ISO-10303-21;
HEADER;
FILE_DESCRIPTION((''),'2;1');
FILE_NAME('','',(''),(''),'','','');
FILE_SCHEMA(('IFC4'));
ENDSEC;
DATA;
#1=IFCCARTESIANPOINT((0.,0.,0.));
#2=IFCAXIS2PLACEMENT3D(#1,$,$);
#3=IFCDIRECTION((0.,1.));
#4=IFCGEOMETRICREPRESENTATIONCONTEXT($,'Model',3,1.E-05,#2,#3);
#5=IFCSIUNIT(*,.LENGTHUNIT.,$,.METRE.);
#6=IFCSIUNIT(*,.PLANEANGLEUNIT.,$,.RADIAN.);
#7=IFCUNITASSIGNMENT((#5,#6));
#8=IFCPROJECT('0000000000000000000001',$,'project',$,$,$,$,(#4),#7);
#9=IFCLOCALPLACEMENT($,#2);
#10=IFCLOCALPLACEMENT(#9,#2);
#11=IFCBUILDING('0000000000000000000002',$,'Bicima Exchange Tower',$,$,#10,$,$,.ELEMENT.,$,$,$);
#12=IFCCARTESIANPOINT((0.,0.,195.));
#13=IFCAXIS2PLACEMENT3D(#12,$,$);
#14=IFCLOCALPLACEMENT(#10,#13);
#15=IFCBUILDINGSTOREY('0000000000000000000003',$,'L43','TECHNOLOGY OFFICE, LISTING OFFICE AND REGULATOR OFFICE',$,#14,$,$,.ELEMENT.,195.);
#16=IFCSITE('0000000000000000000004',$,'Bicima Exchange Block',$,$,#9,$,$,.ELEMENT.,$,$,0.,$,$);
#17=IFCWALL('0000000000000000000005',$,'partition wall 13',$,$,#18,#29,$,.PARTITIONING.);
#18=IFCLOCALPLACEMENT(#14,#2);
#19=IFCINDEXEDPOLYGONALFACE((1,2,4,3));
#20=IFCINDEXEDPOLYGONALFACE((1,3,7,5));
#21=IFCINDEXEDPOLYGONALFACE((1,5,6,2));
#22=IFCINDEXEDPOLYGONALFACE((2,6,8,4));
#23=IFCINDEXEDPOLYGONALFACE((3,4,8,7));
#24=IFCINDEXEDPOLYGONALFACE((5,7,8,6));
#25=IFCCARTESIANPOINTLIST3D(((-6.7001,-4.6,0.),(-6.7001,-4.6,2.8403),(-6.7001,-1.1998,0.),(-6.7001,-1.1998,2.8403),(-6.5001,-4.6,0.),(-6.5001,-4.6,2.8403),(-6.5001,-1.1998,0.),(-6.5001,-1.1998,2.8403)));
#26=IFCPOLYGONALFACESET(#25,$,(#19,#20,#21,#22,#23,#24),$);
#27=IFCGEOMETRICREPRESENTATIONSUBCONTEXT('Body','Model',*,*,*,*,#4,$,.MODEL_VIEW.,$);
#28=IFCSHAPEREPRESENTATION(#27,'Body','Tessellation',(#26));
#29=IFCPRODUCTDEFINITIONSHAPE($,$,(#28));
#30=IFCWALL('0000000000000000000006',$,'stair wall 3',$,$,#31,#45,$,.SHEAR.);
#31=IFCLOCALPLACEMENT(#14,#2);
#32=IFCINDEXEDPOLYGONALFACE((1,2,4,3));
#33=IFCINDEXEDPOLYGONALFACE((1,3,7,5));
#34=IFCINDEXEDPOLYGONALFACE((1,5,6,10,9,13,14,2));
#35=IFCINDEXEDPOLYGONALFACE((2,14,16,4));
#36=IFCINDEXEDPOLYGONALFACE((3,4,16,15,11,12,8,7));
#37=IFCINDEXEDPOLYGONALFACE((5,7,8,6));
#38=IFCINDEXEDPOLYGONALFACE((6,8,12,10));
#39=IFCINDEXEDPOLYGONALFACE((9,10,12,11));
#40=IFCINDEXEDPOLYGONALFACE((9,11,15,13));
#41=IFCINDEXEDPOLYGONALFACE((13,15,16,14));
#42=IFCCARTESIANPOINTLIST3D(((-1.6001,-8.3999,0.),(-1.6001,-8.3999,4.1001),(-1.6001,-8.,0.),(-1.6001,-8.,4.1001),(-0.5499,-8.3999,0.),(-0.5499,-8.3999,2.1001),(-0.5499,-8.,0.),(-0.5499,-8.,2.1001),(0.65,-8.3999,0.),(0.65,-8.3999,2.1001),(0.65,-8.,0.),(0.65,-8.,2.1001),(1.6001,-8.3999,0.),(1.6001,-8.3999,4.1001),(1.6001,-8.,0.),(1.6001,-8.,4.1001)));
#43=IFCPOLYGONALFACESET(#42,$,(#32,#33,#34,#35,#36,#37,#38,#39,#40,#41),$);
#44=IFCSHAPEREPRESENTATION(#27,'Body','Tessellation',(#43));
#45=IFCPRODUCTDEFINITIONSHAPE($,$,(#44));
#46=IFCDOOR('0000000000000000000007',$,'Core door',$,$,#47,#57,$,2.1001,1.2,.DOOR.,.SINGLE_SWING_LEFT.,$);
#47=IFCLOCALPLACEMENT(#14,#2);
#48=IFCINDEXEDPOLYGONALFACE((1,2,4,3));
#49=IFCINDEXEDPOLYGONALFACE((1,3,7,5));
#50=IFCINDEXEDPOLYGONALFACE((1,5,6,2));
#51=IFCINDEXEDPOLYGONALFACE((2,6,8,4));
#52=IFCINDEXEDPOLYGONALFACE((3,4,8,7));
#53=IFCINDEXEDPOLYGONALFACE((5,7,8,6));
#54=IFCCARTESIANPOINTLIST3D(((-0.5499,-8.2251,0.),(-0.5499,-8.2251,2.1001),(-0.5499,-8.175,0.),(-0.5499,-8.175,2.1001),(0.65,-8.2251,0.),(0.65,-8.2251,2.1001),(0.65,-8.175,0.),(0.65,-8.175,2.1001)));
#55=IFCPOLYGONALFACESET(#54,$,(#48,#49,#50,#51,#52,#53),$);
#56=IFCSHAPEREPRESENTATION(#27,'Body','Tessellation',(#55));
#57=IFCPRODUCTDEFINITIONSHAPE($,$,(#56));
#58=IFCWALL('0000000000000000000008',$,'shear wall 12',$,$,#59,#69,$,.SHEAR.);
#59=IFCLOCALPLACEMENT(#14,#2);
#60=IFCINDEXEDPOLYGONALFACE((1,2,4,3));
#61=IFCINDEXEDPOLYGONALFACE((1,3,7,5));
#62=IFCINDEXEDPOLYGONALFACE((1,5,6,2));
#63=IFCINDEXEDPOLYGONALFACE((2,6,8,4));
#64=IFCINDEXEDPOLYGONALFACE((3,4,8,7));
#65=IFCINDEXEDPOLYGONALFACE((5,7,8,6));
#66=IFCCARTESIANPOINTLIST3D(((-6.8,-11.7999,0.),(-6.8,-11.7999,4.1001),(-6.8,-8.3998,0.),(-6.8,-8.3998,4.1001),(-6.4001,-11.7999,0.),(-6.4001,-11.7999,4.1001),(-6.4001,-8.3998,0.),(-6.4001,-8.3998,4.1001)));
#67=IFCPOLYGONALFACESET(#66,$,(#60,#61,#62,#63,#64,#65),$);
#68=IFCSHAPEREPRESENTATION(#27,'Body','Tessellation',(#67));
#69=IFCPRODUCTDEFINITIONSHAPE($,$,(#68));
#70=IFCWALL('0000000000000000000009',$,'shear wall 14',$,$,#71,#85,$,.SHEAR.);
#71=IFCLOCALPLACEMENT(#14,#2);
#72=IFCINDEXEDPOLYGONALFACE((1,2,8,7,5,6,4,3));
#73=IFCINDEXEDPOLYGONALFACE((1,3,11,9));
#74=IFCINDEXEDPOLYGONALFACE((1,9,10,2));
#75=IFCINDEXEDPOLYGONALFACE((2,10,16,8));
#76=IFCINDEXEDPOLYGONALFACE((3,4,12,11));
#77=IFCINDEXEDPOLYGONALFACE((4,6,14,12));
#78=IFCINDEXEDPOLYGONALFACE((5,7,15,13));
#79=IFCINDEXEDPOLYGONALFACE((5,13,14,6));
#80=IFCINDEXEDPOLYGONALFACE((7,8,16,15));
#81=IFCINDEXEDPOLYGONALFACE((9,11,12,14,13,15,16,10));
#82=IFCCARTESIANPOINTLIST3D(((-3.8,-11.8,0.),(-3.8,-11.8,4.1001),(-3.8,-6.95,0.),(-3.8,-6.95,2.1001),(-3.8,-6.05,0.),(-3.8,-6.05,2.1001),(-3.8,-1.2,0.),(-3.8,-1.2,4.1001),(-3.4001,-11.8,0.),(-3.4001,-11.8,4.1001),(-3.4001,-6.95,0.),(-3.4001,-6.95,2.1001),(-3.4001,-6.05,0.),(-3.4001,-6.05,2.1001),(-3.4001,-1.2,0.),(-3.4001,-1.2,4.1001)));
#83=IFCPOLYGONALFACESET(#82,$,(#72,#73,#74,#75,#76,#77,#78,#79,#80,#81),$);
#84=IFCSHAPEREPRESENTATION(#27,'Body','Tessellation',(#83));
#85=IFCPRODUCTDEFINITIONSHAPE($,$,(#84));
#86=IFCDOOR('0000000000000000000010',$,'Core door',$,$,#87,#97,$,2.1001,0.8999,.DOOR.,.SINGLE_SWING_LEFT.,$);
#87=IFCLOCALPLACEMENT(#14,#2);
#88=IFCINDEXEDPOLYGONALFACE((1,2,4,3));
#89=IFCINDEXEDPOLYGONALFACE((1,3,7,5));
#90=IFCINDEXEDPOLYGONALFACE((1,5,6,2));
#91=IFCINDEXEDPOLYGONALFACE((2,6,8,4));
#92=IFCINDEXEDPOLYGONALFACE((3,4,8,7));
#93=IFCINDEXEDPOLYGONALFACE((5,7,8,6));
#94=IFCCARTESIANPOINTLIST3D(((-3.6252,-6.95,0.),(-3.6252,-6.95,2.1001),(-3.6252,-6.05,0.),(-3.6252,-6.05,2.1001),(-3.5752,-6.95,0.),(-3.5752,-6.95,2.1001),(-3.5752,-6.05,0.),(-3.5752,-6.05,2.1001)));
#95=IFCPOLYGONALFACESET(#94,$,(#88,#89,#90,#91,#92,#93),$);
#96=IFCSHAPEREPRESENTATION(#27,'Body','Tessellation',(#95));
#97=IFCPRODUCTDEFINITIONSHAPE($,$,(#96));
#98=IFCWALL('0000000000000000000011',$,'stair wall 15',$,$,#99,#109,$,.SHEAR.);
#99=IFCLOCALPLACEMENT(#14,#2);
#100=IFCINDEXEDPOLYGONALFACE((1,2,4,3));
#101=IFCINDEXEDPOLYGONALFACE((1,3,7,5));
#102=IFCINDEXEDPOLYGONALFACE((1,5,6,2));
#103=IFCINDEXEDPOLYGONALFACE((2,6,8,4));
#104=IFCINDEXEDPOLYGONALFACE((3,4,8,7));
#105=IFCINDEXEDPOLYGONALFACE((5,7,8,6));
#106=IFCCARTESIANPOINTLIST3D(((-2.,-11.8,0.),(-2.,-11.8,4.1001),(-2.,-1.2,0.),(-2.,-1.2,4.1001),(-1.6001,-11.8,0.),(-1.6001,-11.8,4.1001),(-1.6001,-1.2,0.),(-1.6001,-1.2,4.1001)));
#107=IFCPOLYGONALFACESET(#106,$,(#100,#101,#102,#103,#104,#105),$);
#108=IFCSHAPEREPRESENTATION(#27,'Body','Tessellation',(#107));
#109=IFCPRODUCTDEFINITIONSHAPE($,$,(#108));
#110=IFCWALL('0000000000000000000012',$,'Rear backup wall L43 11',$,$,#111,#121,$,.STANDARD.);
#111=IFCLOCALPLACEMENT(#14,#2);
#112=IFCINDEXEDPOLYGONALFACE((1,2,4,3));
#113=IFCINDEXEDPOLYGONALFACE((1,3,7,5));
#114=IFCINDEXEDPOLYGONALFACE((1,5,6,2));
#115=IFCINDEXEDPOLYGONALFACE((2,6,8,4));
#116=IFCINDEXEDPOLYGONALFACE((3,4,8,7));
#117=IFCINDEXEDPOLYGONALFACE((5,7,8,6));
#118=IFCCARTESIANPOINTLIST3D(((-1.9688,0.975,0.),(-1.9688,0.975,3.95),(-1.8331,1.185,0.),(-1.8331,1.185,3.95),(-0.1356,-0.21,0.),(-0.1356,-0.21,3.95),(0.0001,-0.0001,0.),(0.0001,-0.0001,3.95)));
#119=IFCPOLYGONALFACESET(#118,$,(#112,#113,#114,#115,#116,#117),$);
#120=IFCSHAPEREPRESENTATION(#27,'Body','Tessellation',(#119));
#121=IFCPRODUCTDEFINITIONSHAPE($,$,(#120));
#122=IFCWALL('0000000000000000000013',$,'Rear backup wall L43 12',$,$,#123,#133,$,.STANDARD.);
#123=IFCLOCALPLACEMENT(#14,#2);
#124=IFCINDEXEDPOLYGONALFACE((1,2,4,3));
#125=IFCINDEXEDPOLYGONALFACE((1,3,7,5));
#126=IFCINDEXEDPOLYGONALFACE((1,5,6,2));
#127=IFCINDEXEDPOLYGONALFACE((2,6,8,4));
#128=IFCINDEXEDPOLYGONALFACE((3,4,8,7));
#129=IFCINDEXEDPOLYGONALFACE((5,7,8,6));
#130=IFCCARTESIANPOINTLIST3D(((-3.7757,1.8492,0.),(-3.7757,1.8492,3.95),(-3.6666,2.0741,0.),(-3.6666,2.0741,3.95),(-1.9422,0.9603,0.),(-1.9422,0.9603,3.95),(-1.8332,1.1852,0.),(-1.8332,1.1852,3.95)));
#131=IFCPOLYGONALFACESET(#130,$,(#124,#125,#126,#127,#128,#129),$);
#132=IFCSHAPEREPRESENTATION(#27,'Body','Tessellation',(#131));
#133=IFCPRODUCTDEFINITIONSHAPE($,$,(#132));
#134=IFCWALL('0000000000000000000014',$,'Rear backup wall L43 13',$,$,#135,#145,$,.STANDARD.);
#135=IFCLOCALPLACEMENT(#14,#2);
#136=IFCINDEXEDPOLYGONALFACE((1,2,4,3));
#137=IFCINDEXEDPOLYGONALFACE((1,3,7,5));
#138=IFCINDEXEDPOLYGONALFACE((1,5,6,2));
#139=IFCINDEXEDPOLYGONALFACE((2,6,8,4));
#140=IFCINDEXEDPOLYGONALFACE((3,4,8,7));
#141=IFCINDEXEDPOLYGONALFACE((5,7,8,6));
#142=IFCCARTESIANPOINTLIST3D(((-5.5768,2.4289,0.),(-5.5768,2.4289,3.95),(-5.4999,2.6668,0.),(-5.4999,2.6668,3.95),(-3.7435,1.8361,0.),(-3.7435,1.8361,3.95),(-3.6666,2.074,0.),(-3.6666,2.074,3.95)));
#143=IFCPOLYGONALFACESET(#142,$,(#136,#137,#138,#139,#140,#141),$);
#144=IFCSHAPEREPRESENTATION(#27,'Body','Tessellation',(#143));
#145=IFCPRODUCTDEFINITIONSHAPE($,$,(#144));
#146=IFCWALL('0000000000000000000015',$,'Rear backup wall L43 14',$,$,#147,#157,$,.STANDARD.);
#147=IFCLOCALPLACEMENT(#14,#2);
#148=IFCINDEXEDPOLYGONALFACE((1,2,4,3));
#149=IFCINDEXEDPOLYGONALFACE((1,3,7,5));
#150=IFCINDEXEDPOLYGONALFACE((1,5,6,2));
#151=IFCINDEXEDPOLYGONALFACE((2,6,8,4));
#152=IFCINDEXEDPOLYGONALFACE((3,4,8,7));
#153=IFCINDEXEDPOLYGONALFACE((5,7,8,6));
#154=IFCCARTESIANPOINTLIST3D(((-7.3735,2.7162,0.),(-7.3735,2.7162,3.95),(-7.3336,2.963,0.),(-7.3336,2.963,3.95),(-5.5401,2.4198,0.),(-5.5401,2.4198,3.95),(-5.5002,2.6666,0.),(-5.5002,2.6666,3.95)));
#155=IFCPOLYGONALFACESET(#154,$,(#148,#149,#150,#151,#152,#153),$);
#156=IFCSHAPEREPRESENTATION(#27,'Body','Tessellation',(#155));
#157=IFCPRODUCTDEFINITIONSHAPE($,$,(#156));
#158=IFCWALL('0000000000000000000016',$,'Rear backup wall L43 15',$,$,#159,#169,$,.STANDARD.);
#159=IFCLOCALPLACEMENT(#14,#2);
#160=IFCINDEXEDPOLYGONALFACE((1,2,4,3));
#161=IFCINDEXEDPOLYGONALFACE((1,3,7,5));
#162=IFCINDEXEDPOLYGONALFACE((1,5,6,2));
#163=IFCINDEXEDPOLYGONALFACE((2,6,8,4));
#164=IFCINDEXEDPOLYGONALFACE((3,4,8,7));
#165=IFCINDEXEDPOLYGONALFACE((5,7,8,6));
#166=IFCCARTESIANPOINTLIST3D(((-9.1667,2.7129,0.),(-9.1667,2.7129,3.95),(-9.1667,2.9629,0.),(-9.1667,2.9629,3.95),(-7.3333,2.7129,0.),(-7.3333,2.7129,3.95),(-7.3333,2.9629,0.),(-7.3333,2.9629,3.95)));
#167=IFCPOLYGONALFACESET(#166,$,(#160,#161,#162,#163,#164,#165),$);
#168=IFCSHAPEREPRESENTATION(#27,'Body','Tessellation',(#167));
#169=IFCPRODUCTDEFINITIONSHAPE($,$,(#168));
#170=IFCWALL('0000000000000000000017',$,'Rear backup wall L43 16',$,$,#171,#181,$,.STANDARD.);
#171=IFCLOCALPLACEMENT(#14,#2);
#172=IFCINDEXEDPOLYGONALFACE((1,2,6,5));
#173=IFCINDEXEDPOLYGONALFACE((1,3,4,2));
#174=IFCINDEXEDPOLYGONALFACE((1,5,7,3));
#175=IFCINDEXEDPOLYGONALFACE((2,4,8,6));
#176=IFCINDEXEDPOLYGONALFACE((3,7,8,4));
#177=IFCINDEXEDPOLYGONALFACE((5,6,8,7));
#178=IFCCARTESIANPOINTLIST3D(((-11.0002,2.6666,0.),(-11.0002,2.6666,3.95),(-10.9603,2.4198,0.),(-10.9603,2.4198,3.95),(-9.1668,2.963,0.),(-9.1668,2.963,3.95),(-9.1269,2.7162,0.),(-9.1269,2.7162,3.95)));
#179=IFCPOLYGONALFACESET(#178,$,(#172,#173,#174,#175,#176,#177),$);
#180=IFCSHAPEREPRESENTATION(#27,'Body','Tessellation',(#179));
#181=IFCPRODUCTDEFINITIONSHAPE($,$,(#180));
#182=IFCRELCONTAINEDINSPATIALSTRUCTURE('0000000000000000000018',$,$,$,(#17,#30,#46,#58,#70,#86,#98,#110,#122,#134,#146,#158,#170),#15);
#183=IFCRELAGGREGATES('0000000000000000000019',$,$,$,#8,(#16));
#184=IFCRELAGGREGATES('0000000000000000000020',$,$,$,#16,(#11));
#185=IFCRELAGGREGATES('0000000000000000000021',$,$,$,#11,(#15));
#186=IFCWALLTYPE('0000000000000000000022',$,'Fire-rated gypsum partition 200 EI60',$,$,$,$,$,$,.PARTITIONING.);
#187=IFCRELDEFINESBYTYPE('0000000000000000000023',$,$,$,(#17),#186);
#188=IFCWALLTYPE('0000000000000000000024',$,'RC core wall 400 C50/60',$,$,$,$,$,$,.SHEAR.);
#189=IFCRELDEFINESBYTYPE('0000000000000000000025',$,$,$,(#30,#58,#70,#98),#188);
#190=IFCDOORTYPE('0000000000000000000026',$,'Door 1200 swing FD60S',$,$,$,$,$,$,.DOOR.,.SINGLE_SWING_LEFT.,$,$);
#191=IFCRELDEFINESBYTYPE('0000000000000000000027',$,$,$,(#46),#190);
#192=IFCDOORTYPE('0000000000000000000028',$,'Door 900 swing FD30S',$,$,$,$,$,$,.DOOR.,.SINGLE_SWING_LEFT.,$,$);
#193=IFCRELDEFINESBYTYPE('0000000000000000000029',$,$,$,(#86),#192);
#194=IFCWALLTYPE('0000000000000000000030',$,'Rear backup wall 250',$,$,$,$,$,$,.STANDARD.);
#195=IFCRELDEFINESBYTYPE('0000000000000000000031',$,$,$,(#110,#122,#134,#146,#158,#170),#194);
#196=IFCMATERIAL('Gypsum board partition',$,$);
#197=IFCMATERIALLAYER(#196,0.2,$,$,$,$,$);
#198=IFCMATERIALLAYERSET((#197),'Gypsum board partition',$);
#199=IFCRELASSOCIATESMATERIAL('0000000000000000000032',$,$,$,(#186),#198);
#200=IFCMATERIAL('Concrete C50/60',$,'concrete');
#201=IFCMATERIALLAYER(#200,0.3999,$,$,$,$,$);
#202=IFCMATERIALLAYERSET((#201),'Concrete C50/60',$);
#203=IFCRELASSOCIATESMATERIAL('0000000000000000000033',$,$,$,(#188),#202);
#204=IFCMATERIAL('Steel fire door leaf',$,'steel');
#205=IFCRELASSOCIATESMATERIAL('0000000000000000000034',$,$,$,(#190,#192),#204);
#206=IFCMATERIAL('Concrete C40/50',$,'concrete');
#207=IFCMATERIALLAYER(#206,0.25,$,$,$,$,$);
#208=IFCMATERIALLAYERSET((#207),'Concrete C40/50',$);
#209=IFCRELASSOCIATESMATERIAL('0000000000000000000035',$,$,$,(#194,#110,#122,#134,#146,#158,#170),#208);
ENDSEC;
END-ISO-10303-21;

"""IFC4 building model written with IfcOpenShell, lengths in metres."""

from ifc_helpers import new_model, si_unit, direction, frame, frame_2d, origin, place, context, subcontext, project, spatial, rectangle, extrude, material, layer, layer_set, layer_usage, type_object, element, fill, save


model = new_model("IFC4")

# Units and contexts
model_context = context("Model", 3, precision=1e-05, world=origin(), true_north=direction((0.0, 1.0)))
body_context = subcontext(model_context, "Body", "Model", "MODEL_VIEW")
ifc_project = project(units=[si_unit("LENGTHUNIT", "METRE"), si_unit("PLANEANGLEUNIT", "RADIAN")], contexts=[model_context])

# Site, building, storey
site_placement = place(None, origin())
site = spatial("IfcSite", under=ifc_project, at=site_placement, Name="Bicima Exchange Block", CompositionType="ELEMENT", RefElevation=0.0)
building_placement = place(site_placement, origin())
building = spatial("IfcBuilding", under=site, at=building_placement, Name="Bicima Exchange Tower", CompositionType="ELEMENT")
storey_placement = place(building_placement, frame((0.0, 0.0, 195.0)))
storey = spatial("IfcBuildingStorey", under=building, at=storey_placement, Name="L43", Description="TECHNOLOGY OFFICE, LISTING OFFICE AND REGULATOR OFFICE", CompositionType="ELEMENT", Elevation=195.0)

# Shared definitions
ifc_material_1 = material(Name="Concrete C40/50", Category="concrete")

# Wall
ifc_material_2 = material(Name="Gypsum board partition")
ifc_layer_1 = layer(ifc_material_2, 0.2)
ifc_layer_set_1 = layer_set([ifc_layer_1], Name="Gypsum board partition")
wall_type_1 = type_object("IfcWallType", Name="Fire-rated gypsum partition 200 EI60", PredefinedType="PARTITIONING", material=ifc_layer_set_1)
wall_1_placement = place(storey_placement, frame((-6.6001, -4.6001, 0.0), z_axis=(0.0, 0.0, 1.0), x_axis=(0.0, 1.0, 0.0)))
element("IfcWall", 1, at=wall_1_placement, inside=storey, type_object=wall_type_1, Name="partition wall 13", PredefinedType="PARTITIONING", context=body_context, shape_type="SweptSolid", body=[
    extrude(rectangle(XDim=3.4001, YDim=0.2, at=frame_2d((1.7002, 0.0))), origin(), (0.0, 0.0, 1.0), 2.8403),
])

# Wall, opening, door
ifc_material_3 = material(Name="Concrete C50/60", Category="concrete")
ifc_layer_2 = layer(ifc_material_3, 0.3999)
ifc_layer_set_2 = layer_set([ifc_layer_2], Name="Concrete C50/60")
wall_type_2 = type_object("IfcWallType", Name="RC core wall 400 C50/60", PredefinedType="SHEAR", material=ifc_layer_set_2)
wall_2_placement = place(storey_placement, frame((-1.6001, -8.2, 0.0), z_axis=(0.0, 0.0, 1.0), x_axis=(1.0, 0.0, 0.0)))
wall_2 = element("IfcWall", 2, at=wall_2_placement, inside=storey, type_object=wall_type_2, Name="stair wall 3", PredefinedType="SHEAR", context=body_context, shape_type="SweptSolid", body=[
    extrude(rectangle(XDim=3.2002, YDim=0.3999, at=frame_2d((1.6001, 0.0))), origin(), (0.0, 0.0, 1.0), 4.1001),
])
opening_1_placement = place(wall_2_placement, frame((1.05, 0.0, 0.0)))
opening_1 = element("IfcOpeningElement", 3, at=opening_1_placement, cuts=wall_2, PredefinedType="OPENING", context=body_context, shape_type="SweptSolid", body=[
    extrude(rectangle(XDim=1.2, YDim=2.1001, at=frame_2d((0.6001, 1.05))), frame((0.0, 0.2119, 0.0), z_axis=(0.0, -1.0, 0.0), x_axis=(1.0, 0.0, 0.0)), (0.0, 0.0, 1.0), 0.4238),
])
ifc_material_4 = material(Name="Steel fire door leaf", Category="steel")
door_type_1 = type_object("IfcDoorType", Name="Door 1200 swing FD60S", OperationType="SINGLE_SWING_LEFT", PredefinedType="DOOR", material=ifc_material_4)
door_1_placement = place(opening_1_placement, origin())
door_1 = element("IfcDoor", 4, at=door_1_placement, inside=storey, type_object=door_type_1, Name="Core door", OperationType="SINGLE_SWING_LEFT", OverallHeight=2.1001, OverallWidth=1.2, PredefinedType="DOOR", context=body_context, shape_type="SweptSolid", body=[
    extrude(rectangle(XDim=1.2, YDim=2.1001, at=frame_2d((0.6001, 1.05))), frame((0.0, 0.0249, 0.0), z_axis=(0.0, -1.0, 0.0), x_axis=(1.0, 0.0, 0.0)), (0.0, 0.0, 1.0), 0.05),
])
fill(opening_1, door_1)

# Wall
wall_3_placement = place(storey_placement, frame((-6.6001, -11.8, 0.0), z_axis=(0.0, 0.0, 1.0), x_axis=(0.0, 1.0, 0.0)))
element("IfcWall", 5, at=wall_3_placement, inside=storey, type_object=wall_type_2, Name="shear wall 12", PredefinedType="SHEAR", context=body_context, shape_type="SweptSolid", body=[
    extrude(rectangle(XDim=3.4001, YDim=0.3999, at=frame_2d((1.7002, 0.0))), origin(), (0.0, 0.0, 1.0), 4.1001),
])

# Wall, opening, door
wall_4_placement = place(storey_placement, frame((-3.6001, -11.8, 0.0), z_axis=(0.0, 0.0, 1.0), x_axis=(0.0, 1.0, 0.0)))
wall_4 = element("IfcWall", 6, at=wall_4_placement, inside=storey, type_object=wall_type_2, Name="shear wall 14", PredefinedType="SHEAR", context=body_context, shape_type="SweptSolid", body=[
    extrude(rectangle(XDim=10.6001, YDim=0.3999, at=frame_2d((5.3, 0.0))), origin(), (0.0, 0.0, 1.0), 4.1001),
])
opening_2_placement = place(wall_4_placement, frame((4.8501, 0.0, 0.0)))
opening_2 = element("IfcOpeningElement", 7, at=opening_2_placement, cuts=wall_4, PredefinedType="OPENING", context=body_context, shape_type="SweptSolid", body=[
    extrude(rectangle(XDim=0.8999, YDim=2.1001, at=frame_2d((0.45, 1.05))), frame((0.0, 0.2119, 0.0), z_axis=(0.0, -1.0, 0.0), x_axis=(1.0, 0.0, 0.0)), (0.0, 0.0, 1.0), 0.4238),
])
door_type_2 = type_object("IfcDoorType", Name="Door 900 swing FD30S", OperationType="SINGLE_SWING_LEFT", PredefinedType="DOOR", material=ifc_material_4)
door_2_placement = place(opening_2_placement, frame((0.8999, 0.0, 0.0), z_axis=(0.0, 0.0, 1.0), x_axis=(-1.0, 0.0, 0.0)))
door_2 = element("IfcDoor", 8, at=door_2_placement, inside=storey, type_object=door_type_2, Name="Core door", OperationType="SINGLE_SWING_LEFT", OverallHeight=2.1001, OverallWidth=0.8999, PredefinedType="DOOR", context=body_context, shape_type="SweptSolid", body=[
    extrude(rectangle(XDim=0.8999, YDim=2.1001, at=frame_2d((0.45, 1.05))), frame((0.0, 0.0249, 0.0), z_axis=(0.0, -1.0, 0.0), x_axis=(1.0, 0.0, 0.0)), (0.0, 0.0, 1.0), 0.05),
])
fill(opening_2, door_2)

# Walls
wall_5_placement = place(storey_placement, frame((-1.8, -11.8, 0.0), z_axis=(0.0, 0.0, 1.0), x_axis=(0.0, 1.0, 0.0)))
element("IfcWall", 9, at=wall_5_placement, inside=storey, type_object=wall_type_2, Name="stair wall 15", PredefinedType="SHEAR", context=body_context, shape_type="SweptSolid", body=[
    extrude(rectangle(XDim=10.6001, YDim=0.3999, at=frame_2d((5.3, 0.0))), origin(), (0.0, 0.0, 1.0), 4.1001),
])
ifc_layer_3 = layer(ifc_material_1, 0.25)
ifc_layer_set_3 = layer_set([ifc_layer_3], Name="Concrete C40/50")
ifc_layer_usage = layer_usage(ifc_layer_set_3, "AXIS2", "POSITIVE", -0.125)
wall_type_3 = type_object("IfcWallType", Name="Rear backup wall 250", PredefinedType="STANDARD", material=ifc_layer_set_3)
wall_6_placement = place(storey_placement, frame((-0.0679, -0.105, 0.0), z_axis=(0.0, 0.0, 1.0), x_axis=(-0.839813, 0.542876, 0.0)))
element("IfcWall", 10, at=wall_6_placement, inside=storey, type_object=wall_type_3, material=ifc_layer_usage, Name="Rear backup wall L43 11", PredefinedType="STANDARD", context=body_context, shape_type="SweptSolid", body=[
    extrude(rectangle(XDim=2.1829, YDim=0.25, at=frame_2d((1.0913, 0.0))), origin(), (0.0, 0.0, 1.0), 3.95),
])
wall_7_placement = place(storey_placement, frame((-1.8877, 1.0728, 0.0), z_axis=(0.0, 0.0, 1.0), x_axis=(-0.899824, 0.436253, 0.0)))
element("IfcWall", 11, at=wall_7_placement, inside=storey, type_object=wall_type_3, material=ifc_layer_usage, Name="Rear backup wall L43 12", PredefinedType="STANDARD", context=body_context, shape_type="SweptSolid", body=[
    extrude(rectangle(XDim=2.0376, YDim=0.25, at=frame_2d((1.0188, 0.0))), origin(), (0.0, 0.0, 1.0), 3.95),
])
wall_8_placement = place(storey_placement, frame((-3.7051, 1.9551, 0.0), z_axis=(0.0, 0.0, 1.0), x_axis=(-0.951496, 0.307662, 0.0)))
element("IfcWall", 12, at=wall_8_placement, inside=storey, type_object=wall_type_3, material=ifc_layer_usage, Name="Rear backup wall L43 13", PredefinedType="STANDARD", context=body_context, shape_type="SweptSolid", body=[
    extrude(rectangle(XDim=1.9268, YDim=0.25, at=frame_2d((0.9634, 0.0))), origin(), (0.0, 0.0, 1.0), 3.95),
])
wall_9_placement = place(storey_placement, frame((-5.52, 2.5432, 0.0), z_axis=(0.0, 0.0, 1.0), x_axis=(-0.987182, 0.1596, 0.0)))
element("IfcWall", 13, at=wall_9_placement, inside=storey, type_object=wall_type_3, material=ifc_layer_usage, Name="Rear backup wall L43 14", PredefinedType="STANDARD", context=body_context, shape_type="SweptSolid", body=[
    extrude(rectangle(XDim=1.8572, YDim=0.25, at=frame_2d((0.9287, 0.0))), origin(), (0.0, 0.0, 1.0), 3.95),
])
wall_10_placement = place(storey_placement, frame((-7.3333, 2.8379, 0.0), z_axis=(0.0, 0.0, 1.0), x_axis=(-1.0, 0.0, 0.0)))
element("IfcWall", 14, at=wall_10_placement, inside=storey, type_object=wall_type_3, material=ifc_layer_usage, Name="Rear backup wall L43 15", PredefinedType="STANDARD", context=body_context, shape_type="SweptSolid", body=[
    extrude(rectangle(XDim=1.8335, YDim=0.25, at=frame_2d((0.9167, 0.0))), origin(), (0.0, 0.0, 1.0), 3.95),
])
wall_11_placement = place(storey_placement, frame((-9.1467, 2.8396, 0.0), z_axis=(0.0, 0.0, 1.0), x_axis=(-0.987182, -0.1596, 0.0)))
element("IfcWall", 15, at=wall_11_placement, inside=storey, type_object=wall_type_3, material=ifc_layer_usage, Name="Rear backup wall L43 16", PredefinedType="STANDARD", context=body_context, shape_type="SweptSolid", body=[
    extrude(rectangle(XDim=1.8572, YDim=0.25, at=frame_2d((0.9287, 0.0))), origin(), (0.0, 0.0, 1.0), 3.95),
])

save(model, "model.ifc")
